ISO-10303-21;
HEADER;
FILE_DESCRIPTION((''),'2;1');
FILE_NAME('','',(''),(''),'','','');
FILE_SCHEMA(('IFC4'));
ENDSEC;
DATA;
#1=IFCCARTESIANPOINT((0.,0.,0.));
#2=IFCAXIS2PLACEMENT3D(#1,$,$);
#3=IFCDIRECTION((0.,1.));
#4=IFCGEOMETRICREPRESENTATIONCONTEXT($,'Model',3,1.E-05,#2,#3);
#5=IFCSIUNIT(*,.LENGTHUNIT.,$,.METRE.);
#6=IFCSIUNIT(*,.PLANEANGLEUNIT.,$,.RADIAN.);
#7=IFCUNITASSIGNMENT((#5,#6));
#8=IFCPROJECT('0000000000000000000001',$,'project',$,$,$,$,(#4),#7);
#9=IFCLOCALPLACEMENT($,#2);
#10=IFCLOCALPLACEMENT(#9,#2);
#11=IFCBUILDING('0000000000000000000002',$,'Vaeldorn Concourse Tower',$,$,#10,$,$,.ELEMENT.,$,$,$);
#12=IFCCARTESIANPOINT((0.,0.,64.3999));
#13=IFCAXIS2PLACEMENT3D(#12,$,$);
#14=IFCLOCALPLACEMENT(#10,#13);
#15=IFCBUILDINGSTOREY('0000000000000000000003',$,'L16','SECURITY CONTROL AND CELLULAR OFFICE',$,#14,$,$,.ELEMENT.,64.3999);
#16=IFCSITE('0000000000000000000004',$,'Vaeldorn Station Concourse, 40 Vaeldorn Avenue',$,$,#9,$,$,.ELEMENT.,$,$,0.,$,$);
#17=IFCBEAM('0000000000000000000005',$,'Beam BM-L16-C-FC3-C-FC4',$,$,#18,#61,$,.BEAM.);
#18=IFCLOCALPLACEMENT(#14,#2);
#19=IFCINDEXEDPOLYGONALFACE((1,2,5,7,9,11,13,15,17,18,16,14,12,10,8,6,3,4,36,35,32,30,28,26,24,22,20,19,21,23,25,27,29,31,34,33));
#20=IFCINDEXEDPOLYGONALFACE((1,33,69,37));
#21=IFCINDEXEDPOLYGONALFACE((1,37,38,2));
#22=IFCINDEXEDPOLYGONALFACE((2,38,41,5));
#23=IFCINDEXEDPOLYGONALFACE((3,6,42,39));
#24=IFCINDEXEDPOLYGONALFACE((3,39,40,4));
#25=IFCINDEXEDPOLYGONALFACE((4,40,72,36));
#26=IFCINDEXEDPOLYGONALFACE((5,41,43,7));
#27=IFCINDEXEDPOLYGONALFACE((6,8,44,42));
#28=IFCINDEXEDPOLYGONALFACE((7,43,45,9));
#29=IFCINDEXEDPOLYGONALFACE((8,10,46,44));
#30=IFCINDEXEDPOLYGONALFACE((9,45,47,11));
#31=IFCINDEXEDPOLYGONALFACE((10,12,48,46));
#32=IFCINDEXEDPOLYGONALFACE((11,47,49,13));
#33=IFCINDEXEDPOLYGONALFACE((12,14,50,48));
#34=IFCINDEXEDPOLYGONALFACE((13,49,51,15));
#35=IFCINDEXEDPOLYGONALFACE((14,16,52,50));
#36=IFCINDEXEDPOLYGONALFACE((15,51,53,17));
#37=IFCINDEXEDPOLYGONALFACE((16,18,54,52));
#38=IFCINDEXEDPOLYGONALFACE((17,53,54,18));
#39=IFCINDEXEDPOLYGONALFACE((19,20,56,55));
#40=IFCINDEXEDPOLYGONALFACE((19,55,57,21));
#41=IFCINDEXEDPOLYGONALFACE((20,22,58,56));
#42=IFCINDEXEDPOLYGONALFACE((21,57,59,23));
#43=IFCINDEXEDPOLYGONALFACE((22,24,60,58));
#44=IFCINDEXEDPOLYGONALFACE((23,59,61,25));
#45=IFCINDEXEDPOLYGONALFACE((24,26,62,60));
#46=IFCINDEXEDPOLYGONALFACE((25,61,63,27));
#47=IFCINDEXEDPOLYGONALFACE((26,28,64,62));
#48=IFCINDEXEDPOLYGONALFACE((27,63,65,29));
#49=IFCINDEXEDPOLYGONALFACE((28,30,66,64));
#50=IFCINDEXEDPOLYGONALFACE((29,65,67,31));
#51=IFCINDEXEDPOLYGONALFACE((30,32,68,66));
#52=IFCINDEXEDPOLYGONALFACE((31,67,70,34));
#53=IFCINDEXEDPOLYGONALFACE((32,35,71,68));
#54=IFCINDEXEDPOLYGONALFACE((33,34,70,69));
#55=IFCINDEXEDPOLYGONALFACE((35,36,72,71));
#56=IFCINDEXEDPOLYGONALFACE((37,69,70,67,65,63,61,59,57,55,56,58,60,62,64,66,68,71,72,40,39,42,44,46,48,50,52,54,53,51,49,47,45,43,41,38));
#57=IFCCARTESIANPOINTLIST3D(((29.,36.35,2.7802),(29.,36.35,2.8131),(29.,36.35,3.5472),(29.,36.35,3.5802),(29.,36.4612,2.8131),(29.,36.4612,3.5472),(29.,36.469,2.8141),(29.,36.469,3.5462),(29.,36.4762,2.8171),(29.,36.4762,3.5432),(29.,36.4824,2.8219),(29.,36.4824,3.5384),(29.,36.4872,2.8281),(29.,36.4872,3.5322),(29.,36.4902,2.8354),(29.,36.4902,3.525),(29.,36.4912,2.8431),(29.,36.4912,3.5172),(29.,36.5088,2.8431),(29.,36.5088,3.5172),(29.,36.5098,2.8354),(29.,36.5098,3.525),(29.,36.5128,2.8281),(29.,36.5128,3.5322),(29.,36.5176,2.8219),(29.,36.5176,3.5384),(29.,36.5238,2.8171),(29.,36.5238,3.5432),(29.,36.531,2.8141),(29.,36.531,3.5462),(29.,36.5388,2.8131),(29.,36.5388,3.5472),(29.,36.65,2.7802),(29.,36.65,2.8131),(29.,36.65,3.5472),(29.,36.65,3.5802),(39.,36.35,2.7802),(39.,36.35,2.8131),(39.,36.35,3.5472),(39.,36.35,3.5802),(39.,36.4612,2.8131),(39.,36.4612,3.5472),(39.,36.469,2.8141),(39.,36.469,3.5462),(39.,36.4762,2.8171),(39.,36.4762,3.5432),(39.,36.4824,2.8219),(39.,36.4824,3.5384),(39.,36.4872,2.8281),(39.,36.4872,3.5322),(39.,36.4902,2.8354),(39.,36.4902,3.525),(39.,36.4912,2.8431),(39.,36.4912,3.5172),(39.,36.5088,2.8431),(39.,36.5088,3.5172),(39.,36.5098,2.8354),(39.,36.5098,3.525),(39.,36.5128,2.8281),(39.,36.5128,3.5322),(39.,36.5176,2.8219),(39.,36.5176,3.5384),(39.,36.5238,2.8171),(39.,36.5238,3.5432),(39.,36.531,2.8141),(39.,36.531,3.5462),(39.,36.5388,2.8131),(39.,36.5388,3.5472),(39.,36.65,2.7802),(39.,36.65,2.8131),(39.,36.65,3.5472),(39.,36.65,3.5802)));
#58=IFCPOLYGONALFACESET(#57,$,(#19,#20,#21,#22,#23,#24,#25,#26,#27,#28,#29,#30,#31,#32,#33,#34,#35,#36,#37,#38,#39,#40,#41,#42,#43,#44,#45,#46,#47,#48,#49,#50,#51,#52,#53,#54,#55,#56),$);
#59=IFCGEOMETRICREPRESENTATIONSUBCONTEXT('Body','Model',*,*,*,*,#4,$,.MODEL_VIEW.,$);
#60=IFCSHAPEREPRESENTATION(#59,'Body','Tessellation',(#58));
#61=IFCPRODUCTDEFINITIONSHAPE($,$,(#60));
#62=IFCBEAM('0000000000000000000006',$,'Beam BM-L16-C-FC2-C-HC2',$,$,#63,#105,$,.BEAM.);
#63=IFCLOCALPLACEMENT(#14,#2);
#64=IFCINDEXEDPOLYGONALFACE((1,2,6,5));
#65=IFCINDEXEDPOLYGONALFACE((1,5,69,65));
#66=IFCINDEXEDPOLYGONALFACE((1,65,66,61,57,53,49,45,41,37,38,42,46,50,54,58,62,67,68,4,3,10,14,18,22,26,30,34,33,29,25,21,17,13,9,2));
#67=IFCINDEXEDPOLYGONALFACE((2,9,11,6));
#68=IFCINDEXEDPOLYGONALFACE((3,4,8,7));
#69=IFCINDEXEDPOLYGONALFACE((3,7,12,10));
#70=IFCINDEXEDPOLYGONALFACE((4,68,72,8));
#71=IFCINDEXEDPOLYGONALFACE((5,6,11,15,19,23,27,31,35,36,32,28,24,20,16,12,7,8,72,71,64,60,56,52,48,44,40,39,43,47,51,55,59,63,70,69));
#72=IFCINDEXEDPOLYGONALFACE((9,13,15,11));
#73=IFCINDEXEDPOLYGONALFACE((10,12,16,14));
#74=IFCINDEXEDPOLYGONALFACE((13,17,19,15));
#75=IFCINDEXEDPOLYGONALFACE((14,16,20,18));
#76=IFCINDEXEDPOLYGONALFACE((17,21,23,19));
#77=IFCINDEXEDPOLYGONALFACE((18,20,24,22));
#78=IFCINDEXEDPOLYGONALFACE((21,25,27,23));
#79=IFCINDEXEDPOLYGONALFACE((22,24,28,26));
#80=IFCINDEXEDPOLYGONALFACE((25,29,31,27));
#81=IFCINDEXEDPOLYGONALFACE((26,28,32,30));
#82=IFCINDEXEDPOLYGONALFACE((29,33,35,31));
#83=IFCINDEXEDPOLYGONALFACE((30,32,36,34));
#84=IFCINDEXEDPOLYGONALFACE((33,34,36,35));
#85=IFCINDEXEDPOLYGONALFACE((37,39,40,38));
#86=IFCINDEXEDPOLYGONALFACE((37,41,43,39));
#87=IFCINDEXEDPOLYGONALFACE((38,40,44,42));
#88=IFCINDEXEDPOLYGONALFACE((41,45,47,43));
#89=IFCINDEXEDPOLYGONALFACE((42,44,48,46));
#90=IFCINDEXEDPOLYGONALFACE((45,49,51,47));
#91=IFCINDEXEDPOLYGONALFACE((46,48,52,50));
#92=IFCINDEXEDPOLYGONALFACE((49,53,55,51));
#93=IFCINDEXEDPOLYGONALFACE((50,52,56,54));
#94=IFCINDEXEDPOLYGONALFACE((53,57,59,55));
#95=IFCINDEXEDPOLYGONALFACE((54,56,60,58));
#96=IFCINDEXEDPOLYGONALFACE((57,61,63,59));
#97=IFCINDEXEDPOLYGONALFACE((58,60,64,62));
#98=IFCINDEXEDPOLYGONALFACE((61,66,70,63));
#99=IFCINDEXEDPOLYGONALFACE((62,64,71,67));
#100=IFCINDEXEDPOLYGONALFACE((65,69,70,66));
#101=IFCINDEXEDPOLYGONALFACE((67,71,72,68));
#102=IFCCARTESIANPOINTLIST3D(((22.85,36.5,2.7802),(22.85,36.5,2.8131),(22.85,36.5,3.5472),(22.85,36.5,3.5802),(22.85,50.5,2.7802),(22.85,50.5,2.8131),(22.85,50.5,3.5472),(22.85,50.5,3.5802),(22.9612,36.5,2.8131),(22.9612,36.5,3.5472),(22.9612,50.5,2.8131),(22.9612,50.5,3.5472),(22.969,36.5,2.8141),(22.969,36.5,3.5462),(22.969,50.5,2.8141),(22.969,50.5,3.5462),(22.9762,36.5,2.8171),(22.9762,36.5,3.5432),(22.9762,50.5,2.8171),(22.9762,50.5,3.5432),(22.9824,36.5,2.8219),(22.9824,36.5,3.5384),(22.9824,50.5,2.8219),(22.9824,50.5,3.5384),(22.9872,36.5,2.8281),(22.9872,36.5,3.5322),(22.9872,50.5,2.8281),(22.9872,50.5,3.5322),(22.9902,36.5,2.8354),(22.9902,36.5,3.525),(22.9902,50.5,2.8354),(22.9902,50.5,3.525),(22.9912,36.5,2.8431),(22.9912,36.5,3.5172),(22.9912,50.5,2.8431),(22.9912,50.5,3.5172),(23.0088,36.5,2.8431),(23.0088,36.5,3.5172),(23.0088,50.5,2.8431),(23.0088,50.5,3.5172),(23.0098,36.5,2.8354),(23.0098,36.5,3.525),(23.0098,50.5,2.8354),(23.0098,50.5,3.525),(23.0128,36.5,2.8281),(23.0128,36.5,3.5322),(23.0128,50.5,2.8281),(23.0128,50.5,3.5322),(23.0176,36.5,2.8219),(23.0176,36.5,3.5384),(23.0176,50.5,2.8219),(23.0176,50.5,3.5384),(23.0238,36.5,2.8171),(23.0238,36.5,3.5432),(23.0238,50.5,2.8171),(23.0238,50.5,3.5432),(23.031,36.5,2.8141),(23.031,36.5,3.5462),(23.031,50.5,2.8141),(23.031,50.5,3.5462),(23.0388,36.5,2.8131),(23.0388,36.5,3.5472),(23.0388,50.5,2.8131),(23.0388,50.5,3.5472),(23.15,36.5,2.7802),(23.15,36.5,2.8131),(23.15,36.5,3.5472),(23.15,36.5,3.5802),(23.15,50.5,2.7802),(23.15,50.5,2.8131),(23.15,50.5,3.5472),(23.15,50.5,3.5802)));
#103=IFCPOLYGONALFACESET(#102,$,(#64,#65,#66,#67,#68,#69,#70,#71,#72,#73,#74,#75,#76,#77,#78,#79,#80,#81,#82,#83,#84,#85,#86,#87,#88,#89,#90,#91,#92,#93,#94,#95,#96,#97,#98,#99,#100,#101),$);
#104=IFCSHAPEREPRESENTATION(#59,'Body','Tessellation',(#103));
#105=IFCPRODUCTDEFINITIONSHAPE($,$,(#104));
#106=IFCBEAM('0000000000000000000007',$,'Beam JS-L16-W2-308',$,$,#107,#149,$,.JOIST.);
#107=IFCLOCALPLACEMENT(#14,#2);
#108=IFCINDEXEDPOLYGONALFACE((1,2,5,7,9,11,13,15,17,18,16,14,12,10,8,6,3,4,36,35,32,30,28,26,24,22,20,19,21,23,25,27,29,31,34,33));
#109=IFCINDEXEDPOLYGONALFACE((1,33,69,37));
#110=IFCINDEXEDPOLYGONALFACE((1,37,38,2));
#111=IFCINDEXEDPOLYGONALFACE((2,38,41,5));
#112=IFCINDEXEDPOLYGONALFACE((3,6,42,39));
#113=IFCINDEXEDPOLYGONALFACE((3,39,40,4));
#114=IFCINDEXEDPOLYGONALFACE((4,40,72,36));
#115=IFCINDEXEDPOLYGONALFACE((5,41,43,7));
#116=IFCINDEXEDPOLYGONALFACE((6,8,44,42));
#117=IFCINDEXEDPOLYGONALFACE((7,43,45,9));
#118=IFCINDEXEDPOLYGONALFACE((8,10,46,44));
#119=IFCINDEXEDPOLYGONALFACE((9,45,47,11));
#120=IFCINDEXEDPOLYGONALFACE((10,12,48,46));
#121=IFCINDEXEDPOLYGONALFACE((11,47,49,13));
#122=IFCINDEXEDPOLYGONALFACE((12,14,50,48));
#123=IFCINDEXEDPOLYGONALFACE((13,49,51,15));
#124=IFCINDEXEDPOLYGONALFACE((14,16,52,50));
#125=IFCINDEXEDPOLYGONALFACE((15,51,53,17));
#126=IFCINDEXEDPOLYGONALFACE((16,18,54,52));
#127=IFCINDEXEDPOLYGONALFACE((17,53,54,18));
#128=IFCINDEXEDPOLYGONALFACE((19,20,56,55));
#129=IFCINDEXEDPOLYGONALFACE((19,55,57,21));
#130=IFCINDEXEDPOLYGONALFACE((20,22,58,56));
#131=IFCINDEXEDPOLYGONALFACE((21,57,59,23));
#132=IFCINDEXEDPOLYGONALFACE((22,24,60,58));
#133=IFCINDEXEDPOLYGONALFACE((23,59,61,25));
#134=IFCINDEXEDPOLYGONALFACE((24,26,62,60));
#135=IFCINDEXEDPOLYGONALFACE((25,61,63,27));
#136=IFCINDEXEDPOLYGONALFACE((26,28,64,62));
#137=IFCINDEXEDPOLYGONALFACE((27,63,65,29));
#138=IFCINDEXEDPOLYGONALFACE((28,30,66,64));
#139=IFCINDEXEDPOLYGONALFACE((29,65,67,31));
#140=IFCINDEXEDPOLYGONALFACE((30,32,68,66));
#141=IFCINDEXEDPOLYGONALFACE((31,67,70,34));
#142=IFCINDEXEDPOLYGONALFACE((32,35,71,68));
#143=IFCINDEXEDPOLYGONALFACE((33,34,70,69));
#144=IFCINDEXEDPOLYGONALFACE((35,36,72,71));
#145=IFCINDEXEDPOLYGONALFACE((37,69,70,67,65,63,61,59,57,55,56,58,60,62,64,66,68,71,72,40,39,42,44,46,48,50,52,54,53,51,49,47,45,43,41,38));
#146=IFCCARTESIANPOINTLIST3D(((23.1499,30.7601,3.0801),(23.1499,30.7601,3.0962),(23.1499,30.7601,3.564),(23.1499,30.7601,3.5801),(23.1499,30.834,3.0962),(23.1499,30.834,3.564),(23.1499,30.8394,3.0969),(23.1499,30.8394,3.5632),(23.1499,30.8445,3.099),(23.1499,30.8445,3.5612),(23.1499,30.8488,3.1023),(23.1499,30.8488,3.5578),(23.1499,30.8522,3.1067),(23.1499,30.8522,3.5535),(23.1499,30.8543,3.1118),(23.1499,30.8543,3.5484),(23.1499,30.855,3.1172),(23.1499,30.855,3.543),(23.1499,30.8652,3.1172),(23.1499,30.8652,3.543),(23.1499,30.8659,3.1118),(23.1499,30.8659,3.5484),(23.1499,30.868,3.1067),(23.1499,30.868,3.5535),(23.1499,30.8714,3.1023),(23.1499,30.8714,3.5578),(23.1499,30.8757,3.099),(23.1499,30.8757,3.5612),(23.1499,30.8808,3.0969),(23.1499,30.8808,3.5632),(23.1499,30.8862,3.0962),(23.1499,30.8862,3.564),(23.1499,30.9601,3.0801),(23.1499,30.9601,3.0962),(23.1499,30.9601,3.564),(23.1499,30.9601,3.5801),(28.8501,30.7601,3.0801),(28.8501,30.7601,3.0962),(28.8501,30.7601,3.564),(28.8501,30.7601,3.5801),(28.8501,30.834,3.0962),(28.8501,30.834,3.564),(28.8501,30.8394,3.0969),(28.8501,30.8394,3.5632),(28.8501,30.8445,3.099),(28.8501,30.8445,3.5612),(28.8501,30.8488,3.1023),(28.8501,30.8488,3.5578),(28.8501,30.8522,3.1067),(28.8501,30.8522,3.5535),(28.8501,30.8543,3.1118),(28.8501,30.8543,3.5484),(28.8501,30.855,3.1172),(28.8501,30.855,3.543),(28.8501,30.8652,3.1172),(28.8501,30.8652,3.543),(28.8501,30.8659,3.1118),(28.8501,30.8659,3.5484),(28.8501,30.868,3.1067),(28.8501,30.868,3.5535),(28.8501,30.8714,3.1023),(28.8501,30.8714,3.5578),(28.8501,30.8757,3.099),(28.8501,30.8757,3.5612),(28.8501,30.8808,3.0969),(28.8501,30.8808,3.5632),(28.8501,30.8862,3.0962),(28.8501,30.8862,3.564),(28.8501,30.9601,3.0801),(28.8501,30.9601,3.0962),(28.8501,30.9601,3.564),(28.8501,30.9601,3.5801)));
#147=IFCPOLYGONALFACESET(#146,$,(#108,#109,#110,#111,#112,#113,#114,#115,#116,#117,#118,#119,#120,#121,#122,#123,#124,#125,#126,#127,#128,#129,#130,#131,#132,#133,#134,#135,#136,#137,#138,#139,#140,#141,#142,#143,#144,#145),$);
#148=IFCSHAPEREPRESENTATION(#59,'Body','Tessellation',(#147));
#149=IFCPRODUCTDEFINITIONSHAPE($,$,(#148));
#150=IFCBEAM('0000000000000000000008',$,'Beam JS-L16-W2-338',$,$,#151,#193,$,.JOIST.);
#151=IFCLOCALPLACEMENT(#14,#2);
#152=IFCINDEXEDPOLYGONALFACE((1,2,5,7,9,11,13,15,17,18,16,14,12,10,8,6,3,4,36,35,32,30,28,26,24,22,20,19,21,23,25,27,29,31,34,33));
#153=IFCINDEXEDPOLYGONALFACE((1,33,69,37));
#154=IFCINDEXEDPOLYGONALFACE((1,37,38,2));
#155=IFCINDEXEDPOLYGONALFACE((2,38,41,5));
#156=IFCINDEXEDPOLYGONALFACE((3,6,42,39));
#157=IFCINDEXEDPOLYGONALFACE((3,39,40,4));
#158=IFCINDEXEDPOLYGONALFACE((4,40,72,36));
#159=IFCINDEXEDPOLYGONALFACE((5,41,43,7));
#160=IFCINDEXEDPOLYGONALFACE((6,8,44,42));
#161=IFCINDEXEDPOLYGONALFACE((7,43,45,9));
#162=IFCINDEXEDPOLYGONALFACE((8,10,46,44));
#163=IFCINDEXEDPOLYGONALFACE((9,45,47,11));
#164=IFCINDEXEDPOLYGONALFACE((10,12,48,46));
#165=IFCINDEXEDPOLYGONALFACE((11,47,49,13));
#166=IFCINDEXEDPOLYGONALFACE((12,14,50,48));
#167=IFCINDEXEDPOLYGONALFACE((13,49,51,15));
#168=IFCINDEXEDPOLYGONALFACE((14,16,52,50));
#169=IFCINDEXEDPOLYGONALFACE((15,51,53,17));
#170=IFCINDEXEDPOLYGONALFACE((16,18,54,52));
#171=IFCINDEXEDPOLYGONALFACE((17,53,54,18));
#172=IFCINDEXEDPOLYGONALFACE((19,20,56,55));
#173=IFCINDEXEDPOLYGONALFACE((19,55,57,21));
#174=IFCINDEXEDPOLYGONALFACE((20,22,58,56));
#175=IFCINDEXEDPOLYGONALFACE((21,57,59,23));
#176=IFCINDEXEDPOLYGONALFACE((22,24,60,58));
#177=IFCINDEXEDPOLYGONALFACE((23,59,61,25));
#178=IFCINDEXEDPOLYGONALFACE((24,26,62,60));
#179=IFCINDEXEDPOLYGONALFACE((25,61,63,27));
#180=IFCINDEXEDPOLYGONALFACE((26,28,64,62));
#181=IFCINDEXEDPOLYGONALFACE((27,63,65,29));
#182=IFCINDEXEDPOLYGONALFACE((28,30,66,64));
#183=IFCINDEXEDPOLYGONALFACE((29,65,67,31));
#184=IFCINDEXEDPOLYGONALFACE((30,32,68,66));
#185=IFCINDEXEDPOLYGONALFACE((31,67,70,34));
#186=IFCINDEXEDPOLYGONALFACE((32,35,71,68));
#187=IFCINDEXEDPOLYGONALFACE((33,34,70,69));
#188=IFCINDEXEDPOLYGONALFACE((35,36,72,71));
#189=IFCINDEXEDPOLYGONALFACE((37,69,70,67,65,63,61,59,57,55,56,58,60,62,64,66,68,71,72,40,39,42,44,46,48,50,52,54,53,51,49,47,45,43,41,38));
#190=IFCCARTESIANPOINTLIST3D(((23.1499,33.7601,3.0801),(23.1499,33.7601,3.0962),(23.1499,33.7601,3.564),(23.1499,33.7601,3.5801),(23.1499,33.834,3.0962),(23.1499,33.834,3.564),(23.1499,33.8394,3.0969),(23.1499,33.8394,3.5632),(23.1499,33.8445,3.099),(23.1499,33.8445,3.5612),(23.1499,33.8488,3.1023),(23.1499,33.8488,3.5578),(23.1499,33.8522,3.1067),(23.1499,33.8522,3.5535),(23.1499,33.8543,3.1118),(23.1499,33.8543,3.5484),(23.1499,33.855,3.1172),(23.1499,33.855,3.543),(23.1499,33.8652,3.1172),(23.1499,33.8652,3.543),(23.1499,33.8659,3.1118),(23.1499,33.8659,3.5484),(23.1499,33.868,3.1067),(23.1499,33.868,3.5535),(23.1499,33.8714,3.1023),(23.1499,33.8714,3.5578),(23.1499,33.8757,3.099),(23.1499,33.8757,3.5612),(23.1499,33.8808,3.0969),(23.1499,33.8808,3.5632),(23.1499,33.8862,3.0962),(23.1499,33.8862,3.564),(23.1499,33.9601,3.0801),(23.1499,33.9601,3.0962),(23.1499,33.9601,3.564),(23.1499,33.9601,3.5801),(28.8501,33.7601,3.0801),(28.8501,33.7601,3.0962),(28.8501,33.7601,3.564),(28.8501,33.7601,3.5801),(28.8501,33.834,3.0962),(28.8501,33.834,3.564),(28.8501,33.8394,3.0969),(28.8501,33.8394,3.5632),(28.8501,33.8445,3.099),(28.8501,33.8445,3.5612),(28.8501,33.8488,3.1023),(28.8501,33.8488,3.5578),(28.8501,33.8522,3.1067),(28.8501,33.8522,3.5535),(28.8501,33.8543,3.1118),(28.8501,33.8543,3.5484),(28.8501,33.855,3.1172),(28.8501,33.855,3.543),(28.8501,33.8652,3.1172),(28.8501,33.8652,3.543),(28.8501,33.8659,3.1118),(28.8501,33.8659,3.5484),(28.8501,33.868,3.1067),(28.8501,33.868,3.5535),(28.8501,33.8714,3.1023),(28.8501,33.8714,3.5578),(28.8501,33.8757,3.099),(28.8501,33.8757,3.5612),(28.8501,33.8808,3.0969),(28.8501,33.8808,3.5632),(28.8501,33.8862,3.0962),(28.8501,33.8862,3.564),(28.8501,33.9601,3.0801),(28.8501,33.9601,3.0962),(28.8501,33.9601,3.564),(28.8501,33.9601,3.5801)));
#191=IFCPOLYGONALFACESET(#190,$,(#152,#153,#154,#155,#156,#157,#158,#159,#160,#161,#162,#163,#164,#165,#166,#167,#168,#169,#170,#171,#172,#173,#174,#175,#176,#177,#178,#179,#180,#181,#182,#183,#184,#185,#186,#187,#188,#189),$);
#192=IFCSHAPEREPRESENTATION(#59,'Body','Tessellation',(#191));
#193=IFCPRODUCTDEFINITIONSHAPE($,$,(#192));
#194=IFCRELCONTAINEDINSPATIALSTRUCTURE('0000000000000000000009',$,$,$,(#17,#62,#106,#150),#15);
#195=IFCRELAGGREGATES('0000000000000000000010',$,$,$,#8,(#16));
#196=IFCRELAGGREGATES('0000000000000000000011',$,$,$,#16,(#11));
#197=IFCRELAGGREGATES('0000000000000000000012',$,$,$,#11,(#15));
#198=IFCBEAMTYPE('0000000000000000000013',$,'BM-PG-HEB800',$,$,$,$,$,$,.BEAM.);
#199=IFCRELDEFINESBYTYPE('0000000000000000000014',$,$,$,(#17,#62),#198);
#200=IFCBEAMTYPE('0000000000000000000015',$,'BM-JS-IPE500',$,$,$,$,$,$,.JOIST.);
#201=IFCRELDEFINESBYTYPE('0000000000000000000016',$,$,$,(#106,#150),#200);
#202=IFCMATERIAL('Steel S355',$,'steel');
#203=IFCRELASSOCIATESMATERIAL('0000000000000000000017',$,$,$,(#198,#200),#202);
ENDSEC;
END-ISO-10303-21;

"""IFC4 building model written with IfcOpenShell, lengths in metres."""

from ifc_helpers import new_model, si_unit, direction, frame, origin, origin_2d, place, context, subcontext, project, spatial, i_section, extrude, source, transform, mapped, material, material_profile, profile_set, type_object, element, save


model = new_model("IFC4")

# Units and contexts
model_context = context("Model", 3, precision=1e-05, world=origin(), true_north=direction((0.0, 1.0)))
body_context = subcontext(model_context, "Body", "Model", "MODEL_VIEW")
ifc_project = project(units=[si_unit("LENGTHUNIT", "METRE"), si_unit("PLANEANGLEUNIT", "RADIAN")], contexts=[model_context])

# Site, building, storey
site_placement = place(None, origin())
site = spatial("IfcSite", under=ifc_project, at=site_placement, Name="Vaeldorn Station Concourse, 40 Vaeldorn Avenue", CompositionType="ELEMENT", RefElevation=0.0)
building_placement = place(site_placement, origin())
building = spatial("IfcBuilding", under=site, at=building_placement, Name="Vaeldorn Concourse Tower", CompositionType="ELEMENT")
storey_placement = place(building_placement, frame((0.0, 0.0, 64.3999)))
storey = spatial("IfcBuildingStorey", under=building, at=storey_placement, Name="L16", Description="SECURITY CONTROL AND CELLULAR OFFICE", CompositionType="ELEMENT", Elevation=64.3999)

# Beams
ifc_material_1 = material(Name="Steel S355", Category="steel")
ifc_material_profile_1 = material_profile(ifc_material_1, i_section(OverallWidth=0.3, OverallDepth=0.8, WebThickness=0.0176, FlangeThickness=0.033, FilletRadius=0.03, at=origin_2d()), Name="HEB 800")
ifc_profile_set_1 = profile_set([ifc_material_profile_1], Name="Steel S355")
beam_type_1 = type_object("IfcBeamType", Name="BM-PG-HEB800", PredefinedType="BEAM", material=ifc_profile_set_1)
shared_shape_1 = source(origin(), body_context, "Body", "SweptSolid", [
    extrude(i_section(OverallWidth=0.3, OverallDepth=0.8, WebThickness=0.0176, FlangeThickness=0.033, FilletRadius=0.03, at=origin_2d()), origin(), (0.0, 0.0, 1.0), 10.0),
])
beam_1_placement = place(storey_placement, frame((29.0, 36.5, 3.1802), z_axis=(1.0, 0.0, 0.0), x_axis=(0.0, 1.0, 0.0)))
element("IfcBeam", 1, at=beam_1_placement, inside=storey, type_object=beam_type_1, Name="Beam BM-L16-C-FC3-C-FC4", PredefinedType="BEAM", context=body_context, shape_type="MappedRepresentation", body=[
    mapped(shared_shape_1, transform((0.0, 0.0, 0.0), scale=1.0)),
])
shared_shape_2 = source(origin(), body_context, "Body", "SweptSolid", [
    extrude(i_section(OverallWidth=0.3, OverallDepth=0.8, WebThickness=0.0176, FlangeThickness=0.033, FilletRadius=0.03, at=origin_2d()), origin(), (0.0, 0.0, 1.0), 14.0),
])
beam_2_placement = place(storey_placement, frame((23.0, 36.5, 3.1802), z_axis=(0.0, 1.0, 0.0), x_axis=(-1.0, 0.0, 0.0)))
element("IfcBeam", 2, at=beam_2_placement, inside=storey, type_object=beam_type_1, Name="Beam BM-L16-C-FC2-C-HC2", PredefinedType="BEAM", context=body_context, shape_type="MappedRepresentation", body=[
    mapped(shared_shape_2, transform((0.0, 0.0, 0.0), scale=1.0)),
])
ifc_material_profile_2 = material_profile(ifc_material_1, i_section(OverallWidth=0.2, OverallDepth=0.5, WebThickness=0.0103, FlangeThickness=0.0161, FilletRadius=0.021, at=origin_2d()), Name="IPE 500")
ifc_profile_set_2 = profile_set([ifc_material_profile_2], Name="Steel S355")
beam_type_2 = type_object("IfcBeamType", Name="BM-JS-IPE500", PredefinedType="JOIST", material=ifc_profile_set_2)
shared_shape_3 = source(origin(), body_context, "Body", "SweptSolid", [
    extrude(i_section(OverallWidth=0.2, OverallDepth=0.5, WebThickness=0.0103, FlangeThickness=0.0161, FilletRadius=0.021, at=origin_2d()), origin(), (0.0, 0.0, 1.0), 5.7002),
])
for number, where, z_axis, x_axis, name in (
    (3, (23.1499, 30.8601, 3.3301), (1.0, 0.0, 0.0), (0.0, 1.0, 0.0), "Beam JS-L16-W2-308"),
    (4, (23.1499, 33.8601, 3.3301), (1.0, 0.0, 0.0), (0.0, 1.0, 0.0), "Beam JS-L16-W2-338"),
):
    element("IfcBeam", number, at=place(storey_placement, frame(where, z_axis=z_axis, x_axis=x_axis)), inside=storey, type_object=beam_type_2, Name=name, PredefinedType="JOIST", context=body_context, shape_type="MappedRepresentation", body=[
        mapped(shared_shape_3, transform((0.0, 0.0, 0.0), scale=1.0)),
    ])

save(model, "model.ifc")
